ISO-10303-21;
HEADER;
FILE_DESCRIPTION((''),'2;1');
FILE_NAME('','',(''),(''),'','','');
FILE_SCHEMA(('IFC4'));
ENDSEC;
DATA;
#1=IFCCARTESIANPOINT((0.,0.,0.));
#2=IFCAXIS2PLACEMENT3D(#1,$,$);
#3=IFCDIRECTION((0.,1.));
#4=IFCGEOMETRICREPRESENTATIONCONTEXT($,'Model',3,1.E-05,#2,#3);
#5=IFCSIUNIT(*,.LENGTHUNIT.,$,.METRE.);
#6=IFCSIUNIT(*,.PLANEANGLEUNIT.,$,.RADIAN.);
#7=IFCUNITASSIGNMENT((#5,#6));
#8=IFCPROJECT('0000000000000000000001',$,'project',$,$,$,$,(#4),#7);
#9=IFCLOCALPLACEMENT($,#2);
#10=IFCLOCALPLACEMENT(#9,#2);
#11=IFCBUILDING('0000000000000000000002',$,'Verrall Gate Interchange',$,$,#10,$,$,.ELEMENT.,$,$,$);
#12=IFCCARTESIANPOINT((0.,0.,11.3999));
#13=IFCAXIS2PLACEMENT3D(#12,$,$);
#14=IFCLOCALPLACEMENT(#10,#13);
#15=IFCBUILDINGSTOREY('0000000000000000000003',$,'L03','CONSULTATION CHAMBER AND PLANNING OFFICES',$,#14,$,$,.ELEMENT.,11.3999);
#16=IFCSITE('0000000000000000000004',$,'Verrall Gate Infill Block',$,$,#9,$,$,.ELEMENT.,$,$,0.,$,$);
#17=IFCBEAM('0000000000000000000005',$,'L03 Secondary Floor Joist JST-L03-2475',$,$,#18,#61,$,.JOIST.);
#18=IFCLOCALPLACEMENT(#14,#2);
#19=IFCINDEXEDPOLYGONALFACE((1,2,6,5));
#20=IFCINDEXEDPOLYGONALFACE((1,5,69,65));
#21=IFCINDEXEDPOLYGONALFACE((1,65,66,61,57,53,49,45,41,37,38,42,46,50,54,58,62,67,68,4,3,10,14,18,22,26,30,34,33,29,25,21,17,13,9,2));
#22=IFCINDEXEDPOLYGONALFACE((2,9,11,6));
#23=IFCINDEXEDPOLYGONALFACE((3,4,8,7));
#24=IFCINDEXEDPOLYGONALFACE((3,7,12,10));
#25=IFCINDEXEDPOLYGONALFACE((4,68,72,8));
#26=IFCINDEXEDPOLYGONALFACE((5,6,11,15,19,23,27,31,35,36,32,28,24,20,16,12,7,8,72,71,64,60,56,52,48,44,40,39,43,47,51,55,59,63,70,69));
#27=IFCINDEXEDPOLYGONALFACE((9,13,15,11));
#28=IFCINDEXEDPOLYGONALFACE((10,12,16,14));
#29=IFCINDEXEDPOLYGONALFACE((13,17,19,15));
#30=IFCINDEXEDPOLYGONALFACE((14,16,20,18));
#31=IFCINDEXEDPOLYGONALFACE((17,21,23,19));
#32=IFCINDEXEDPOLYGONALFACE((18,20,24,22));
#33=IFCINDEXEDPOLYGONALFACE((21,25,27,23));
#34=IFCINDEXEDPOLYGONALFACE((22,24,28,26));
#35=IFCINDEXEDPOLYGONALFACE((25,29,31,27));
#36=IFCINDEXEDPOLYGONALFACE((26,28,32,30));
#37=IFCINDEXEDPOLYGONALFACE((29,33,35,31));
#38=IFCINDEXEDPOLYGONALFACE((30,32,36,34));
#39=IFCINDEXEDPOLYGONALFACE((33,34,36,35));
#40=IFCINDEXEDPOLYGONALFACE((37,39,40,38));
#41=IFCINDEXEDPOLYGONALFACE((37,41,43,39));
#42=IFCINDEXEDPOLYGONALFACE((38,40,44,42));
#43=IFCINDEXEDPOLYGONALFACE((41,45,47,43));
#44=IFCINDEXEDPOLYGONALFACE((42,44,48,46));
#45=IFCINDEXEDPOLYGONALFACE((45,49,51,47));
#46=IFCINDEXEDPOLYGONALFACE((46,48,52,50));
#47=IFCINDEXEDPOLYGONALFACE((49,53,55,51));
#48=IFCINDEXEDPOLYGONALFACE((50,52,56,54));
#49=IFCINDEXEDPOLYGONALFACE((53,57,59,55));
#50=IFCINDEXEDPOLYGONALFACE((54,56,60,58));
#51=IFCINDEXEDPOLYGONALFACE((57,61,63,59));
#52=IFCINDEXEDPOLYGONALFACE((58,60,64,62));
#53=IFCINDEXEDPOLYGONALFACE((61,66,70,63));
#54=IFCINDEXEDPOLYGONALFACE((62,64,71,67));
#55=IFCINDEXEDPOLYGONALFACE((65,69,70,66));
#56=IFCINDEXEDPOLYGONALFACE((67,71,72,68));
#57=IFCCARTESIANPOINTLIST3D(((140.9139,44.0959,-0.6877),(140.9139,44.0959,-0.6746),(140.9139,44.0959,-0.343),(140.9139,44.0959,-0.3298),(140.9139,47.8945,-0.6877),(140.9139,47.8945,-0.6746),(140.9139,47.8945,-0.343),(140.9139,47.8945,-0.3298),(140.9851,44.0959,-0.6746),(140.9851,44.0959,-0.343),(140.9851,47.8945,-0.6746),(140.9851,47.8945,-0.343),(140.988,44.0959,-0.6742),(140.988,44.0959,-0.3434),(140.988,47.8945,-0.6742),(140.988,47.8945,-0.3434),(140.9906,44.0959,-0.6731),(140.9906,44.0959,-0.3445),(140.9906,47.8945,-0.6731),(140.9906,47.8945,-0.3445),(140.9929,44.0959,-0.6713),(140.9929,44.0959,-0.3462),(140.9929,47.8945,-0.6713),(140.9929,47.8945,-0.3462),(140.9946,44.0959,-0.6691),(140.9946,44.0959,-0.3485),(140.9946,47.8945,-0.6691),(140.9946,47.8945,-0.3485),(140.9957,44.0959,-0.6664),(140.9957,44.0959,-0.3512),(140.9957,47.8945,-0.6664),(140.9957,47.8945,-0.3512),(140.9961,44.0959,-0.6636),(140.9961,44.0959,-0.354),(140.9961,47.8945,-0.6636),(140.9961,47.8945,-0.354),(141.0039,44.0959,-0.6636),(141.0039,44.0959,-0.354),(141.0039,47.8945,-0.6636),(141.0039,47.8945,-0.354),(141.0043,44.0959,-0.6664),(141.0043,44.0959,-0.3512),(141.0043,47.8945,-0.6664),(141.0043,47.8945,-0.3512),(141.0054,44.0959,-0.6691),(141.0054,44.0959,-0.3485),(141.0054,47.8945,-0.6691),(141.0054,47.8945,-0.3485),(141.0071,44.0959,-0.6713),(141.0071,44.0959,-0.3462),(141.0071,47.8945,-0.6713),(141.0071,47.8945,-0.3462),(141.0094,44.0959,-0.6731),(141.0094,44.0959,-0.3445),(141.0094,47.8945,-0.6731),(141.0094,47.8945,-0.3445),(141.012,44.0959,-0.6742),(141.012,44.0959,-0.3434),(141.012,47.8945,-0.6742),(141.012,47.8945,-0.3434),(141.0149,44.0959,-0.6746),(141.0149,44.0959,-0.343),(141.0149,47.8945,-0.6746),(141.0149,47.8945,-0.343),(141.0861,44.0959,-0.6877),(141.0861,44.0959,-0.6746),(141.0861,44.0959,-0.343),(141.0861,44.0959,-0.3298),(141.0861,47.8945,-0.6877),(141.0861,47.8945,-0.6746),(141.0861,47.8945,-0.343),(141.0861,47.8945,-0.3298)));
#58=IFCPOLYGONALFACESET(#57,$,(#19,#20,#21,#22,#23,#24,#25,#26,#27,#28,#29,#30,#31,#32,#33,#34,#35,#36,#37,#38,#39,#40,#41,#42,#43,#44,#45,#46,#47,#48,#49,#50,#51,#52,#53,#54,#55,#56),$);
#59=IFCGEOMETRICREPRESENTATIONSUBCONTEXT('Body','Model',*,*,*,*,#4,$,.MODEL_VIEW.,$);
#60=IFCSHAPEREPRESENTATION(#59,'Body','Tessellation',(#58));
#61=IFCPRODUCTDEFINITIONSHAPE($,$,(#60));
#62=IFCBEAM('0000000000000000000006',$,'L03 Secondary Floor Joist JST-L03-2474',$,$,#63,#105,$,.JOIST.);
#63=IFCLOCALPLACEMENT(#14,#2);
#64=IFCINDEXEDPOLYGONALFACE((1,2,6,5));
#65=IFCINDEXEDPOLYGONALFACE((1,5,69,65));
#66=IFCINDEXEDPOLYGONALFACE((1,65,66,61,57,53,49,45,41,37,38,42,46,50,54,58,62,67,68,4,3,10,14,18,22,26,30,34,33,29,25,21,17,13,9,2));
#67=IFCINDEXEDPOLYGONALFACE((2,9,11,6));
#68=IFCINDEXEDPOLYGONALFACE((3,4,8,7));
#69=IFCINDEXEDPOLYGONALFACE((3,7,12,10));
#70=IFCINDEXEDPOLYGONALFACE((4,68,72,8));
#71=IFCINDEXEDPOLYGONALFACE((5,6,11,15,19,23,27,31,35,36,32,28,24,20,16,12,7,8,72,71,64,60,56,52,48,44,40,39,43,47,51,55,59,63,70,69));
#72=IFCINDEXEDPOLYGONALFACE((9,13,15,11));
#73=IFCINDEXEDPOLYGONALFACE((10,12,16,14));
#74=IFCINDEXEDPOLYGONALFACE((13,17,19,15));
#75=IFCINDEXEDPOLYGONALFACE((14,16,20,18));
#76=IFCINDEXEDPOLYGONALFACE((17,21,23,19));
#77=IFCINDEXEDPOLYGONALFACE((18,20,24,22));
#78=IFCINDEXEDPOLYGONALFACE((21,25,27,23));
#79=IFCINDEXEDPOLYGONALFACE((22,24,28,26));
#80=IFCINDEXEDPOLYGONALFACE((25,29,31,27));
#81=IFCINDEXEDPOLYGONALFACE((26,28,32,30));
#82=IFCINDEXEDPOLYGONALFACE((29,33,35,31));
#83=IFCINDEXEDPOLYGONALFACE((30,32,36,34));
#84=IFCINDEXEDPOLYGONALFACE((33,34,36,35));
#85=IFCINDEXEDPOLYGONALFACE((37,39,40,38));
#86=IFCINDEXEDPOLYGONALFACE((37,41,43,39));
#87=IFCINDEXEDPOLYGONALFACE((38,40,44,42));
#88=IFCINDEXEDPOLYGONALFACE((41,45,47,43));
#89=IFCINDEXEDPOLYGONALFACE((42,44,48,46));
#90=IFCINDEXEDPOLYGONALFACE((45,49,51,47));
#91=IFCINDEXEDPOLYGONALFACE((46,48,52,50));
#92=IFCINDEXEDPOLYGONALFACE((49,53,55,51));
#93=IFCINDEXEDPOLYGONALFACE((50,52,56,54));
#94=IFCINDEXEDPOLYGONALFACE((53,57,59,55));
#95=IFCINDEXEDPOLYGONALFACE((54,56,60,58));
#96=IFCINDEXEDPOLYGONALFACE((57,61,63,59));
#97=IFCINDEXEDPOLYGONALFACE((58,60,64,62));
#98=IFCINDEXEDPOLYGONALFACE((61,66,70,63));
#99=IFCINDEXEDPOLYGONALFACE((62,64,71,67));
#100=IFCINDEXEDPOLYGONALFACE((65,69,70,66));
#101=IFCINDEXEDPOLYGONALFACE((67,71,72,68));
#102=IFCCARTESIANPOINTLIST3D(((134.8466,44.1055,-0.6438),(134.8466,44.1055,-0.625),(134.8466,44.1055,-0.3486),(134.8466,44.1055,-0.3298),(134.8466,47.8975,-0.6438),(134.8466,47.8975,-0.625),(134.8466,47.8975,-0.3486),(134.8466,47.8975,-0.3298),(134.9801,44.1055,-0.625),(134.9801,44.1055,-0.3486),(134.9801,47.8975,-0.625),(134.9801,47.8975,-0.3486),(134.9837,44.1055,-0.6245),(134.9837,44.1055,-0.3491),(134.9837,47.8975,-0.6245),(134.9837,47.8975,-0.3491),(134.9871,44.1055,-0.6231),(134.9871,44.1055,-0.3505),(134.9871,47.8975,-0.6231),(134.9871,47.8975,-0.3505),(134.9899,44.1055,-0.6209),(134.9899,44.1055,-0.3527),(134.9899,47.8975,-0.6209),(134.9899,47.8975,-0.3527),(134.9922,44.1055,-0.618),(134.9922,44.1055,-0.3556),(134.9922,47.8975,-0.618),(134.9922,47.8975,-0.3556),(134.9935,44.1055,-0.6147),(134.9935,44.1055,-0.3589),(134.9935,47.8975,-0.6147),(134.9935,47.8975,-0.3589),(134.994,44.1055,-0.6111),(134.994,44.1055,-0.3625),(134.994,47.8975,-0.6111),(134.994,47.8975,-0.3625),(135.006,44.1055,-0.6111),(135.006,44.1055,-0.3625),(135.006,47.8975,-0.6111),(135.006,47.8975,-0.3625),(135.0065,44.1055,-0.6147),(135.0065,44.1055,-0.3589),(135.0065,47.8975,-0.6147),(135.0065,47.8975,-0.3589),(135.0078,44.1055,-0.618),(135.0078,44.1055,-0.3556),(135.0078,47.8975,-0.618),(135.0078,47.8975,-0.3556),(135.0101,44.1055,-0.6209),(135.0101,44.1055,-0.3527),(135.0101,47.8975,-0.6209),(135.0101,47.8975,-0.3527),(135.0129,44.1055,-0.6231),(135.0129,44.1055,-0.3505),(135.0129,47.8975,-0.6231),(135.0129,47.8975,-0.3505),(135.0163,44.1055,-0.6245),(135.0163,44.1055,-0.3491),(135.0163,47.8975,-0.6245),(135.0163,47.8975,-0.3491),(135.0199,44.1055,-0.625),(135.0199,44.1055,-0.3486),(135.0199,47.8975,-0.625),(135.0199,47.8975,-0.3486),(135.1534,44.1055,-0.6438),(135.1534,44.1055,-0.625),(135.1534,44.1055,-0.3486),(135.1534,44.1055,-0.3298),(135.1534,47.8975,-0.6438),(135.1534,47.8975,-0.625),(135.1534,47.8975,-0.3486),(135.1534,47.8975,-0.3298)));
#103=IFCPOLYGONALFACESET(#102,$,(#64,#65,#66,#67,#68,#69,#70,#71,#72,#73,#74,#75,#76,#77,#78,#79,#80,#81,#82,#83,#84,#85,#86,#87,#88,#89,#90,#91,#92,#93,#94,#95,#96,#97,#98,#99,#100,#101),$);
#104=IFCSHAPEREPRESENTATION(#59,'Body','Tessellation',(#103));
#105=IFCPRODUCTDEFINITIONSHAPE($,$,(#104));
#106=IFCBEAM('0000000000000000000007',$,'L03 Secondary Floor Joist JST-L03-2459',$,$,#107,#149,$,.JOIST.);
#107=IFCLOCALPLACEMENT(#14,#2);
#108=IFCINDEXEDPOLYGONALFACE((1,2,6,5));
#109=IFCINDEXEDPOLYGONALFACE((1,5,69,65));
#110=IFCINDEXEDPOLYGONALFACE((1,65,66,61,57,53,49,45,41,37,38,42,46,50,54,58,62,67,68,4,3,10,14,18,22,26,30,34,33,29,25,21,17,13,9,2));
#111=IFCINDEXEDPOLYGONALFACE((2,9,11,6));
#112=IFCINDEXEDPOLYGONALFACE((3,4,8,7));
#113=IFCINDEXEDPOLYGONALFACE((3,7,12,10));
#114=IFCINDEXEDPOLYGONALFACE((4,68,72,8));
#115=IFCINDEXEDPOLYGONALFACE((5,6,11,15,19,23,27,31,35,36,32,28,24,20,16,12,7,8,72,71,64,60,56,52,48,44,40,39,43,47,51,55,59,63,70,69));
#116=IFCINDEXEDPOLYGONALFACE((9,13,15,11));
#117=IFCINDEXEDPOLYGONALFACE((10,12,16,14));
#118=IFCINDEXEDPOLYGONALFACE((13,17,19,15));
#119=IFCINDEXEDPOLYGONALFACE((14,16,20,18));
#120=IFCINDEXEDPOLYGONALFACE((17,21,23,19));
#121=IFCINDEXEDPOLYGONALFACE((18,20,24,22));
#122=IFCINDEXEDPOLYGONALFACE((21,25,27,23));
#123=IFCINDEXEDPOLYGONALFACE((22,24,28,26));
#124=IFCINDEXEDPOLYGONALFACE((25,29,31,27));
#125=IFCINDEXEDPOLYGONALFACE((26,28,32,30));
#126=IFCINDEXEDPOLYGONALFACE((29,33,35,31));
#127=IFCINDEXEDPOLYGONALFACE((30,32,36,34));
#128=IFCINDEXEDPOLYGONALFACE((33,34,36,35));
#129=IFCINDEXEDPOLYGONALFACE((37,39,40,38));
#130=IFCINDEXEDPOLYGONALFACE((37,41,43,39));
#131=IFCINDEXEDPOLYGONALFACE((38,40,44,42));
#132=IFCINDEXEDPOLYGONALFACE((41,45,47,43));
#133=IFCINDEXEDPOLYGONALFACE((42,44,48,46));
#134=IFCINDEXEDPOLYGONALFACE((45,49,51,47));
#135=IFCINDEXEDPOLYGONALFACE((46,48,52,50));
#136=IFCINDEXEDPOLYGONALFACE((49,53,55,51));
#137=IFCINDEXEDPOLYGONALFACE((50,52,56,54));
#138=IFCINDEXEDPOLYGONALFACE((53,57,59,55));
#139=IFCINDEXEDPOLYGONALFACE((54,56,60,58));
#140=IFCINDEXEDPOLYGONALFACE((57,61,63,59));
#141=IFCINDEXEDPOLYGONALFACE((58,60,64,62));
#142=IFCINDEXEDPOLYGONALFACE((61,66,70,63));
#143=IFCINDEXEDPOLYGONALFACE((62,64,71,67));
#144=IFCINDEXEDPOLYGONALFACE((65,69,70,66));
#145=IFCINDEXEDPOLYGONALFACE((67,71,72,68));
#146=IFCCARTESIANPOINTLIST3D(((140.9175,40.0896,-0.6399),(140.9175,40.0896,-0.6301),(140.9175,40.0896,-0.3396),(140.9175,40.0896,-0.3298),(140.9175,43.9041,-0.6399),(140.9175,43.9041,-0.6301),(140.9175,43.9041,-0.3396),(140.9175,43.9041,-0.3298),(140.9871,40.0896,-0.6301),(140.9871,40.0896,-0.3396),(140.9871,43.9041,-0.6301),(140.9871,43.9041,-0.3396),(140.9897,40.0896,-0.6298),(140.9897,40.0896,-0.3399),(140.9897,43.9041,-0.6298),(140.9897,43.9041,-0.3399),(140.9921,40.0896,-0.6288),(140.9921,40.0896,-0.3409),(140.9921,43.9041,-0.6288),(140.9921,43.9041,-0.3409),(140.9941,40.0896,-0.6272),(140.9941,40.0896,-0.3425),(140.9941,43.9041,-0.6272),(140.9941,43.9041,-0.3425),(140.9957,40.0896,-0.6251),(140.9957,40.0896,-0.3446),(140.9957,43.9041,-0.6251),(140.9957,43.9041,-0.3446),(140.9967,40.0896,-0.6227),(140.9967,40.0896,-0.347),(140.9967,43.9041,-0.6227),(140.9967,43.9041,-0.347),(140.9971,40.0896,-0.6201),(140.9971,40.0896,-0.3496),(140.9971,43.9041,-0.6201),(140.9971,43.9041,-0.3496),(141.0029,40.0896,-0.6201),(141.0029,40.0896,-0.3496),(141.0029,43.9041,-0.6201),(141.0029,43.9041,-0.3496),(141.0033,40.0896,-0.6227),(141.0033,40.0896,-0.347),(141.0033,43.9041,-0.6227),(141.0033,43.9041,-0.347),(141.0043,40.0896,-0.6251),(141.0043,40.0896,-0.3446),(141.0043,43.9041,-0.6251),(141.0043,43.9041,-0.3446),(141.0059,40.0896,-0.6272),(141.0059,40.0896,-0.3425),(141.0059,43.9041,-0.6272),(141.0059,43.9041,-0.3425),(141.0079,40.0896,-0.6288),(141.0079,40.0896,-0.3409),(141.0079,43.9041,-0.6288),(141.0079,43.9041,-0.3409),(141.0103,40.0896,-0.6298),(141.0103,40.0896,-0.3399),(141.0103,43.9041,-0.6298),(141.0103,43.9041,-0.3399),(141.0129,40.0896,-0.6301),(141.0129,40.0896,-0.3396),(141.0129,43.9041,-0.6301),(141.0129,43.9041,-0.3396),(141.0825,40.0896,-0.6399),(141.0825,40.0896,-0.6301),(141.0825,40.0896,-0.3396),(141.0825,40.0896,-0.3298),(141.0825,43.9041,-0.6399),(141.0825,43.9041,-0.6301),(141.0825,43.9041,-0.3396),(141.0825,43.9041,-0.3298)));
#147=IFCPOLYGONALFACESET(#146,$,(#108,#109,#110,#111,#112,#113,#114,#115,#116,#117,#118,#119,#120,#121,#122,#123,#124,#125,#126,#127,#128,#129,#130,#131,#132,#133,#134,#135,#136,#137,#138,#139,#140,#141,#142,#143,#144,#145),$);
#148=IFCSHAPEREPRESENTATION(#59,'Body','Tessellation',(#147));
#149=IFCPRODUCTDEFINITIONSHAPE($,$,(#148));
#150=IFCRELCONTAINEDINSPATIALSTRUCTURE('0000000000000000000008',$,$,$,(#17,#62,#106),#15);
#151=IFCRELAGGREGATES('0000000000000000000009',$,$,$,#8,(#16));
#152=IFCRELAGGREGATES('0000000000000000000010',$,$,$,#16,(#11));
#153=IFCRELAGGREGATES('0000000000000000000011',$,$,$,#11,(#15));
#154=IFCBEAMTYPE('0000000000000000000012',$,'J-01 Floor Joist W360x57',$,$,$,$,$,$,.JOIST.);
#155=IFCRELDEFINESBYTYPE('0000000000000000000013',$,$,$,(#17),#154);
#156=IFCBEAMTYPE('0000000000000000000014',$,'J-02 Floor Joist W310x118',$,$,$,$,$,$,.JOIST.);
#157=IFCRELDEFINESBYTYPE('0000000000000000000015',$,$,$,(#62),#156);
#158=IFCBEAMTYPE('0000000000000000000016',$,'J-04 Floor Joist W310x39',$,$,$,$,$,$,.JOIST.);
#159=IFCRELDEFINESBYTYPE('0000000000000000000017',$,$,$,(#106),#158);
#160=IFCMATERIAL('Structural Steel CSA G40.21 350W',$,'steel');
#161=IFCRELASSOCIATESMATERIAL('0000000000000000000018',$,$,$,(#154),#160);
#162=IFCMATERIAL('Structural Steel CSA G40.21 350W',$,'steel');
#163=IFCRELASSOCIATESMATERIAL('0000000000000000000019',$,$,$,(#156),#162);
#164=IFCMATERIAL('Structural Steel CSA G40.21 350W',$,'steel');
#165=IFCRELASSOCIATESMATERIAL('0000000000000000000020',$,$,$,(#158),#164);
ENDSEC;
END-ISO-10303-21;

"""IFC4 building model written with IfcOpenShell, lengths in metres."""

from ifc_helpers import new_model, si_unit, direction, frame, origin, origin_2d, place, context, subcontext, project, spatial, i_section, extrude, material, material_profile, profile_set, type_object, element, save


model = new_model("IFC4")

# Units and contexts
model_context = context("Model", 3, precision=1e-05, world=origin(), true_north=direction((0.0, 1.0)))
body_context = subcontext(model_context, "Body", "Model", "MODEL_VIEW")
ifc_project = project(units=[si_unit("LENGTHUNIT", "METRE"), si_unit("PLANEANGLEUNIT", "RADIAN")], contexts=[model_context])

# Site, building, storey
site_placement = place(None, origin())
site = spatial("IfcSite", under=ifc_project, at=site_placement, Name="Verrall Gate Infill Block", CompositionType="ELEMENT", RefElevation=0.0)
building_placement = place(site_placement, origin())
building = spatial("IfcBuilding", under=site, at=building_placement, Name="Verrall Gate Interchange", CompositionType="ELEMENT")
storey_placement = place(building_placement, frame((0.0, 0.0, 11.3999)))
storey = spatial("IfcBuildingStorey", under=building, at=storey_placement, Name="L03", Description="CONSULTATION CHAMBER AND PLANNING OFFICES", CompositionType="ELEMENT", Elevation=11.3999)

# Beams
ifc_material_1 = material(Name="Structural Steel CSA G40.21 350W", Category="steel")
ifc_material_profile_1 = material_profile(ifc_material_1, i_section(OverallWidth=0.1721, OverallDepth=0.3579, WebThickness=0.0078, FlangeThickness=0.0132, FilletRadius=0.011, at=origin_2d()), Name="W360x57")
ifc_profile_set_1 = profile_set([ifc_material_profile_1], Name="Structural Steel CSA G40.21 350W")
beam_type_1 = type_object("IfcBeamType", Name="J-01 Floor Joist W360x57", PredefinedType="JOIST", material=ifc_profile_set_1)
beam_1_placement = place(storey_placement, frame((141.0, 44.0959, -0.5088), z_axis=(0.0, 1.0, 0.0), x_axis=(-1.0, 0.0, 0.0)))
element("IfcBeam", 1, at=beam_1_placement, inside=storey, type_object=beam_type_1, Name="L03 Secondary Floor Joist JST-L03-2475", PredefinedType="JOIST", context=body_context, shape_type="SweptSolid", body=[
    extrude(i_section(OverallWidth=0.1721, OverallDepth=0.3579, WebThickness=0.0078, FlangeThickness=0.0132, FilletRadius=0.011, at=origin_2d()), origin(), (0.0, 0.0, 1.0), 3.7986),
])
ifc_material_2 = material(Name="Structural Steel CSA G40.21 350W", Category="steel")
ifc_material_profile_2 = material_profile(ifc_material_2, i_section(OverallWidth=0.3069, OverallDepth=0.314, WebThickness=0.012, FlangeThickness=0.0188, FilletRadius=0.0139, at=origin_2d()), Name="W310x118")
ifc_profile_set_2 = profile_set([ifc_material_profile_2], Name="Structural Steel CSA G40.21 350W")
beam_type_2 = type_object("IfcBeamType", Name="J-02 Floor Joist W310x118", PredefinedType="JOIST", material=ifc_profile_set_2)
beam_2_placement = place(storey_placement, frame((135.0, 44.1055, -0.4868), z_axis=(0.0, 1.0, 0.0), x_axis=(-1.0, 0.0, 0.0)))
element("IfcBeam", 2, at=beam_2_placement, inside=storey, type_object=beam_type_2, Name="L03 Secondary Floor Joist JST-L03-2474", PredefinedType="JOIST", context=body_context, shape_type="SweptSolid", body=[
    extrude(i_section(OverallWidth=0.3069, OverallDepth=0.314, WebThickness=0.012, FlangeThickness=0.0188, FilletRadius=0.0139, at=origin_2d()), origin(), (0.0, 0.0, 1.0), 3.792),
])
ifc_material_3 = material(Name="Structural Steel CSA G40.21 350W", Category="steel")
ifc_material_profile_3 = material_profile(ifc_material_3, i_section(OverallWidth=0.165, OverallDepth=0.3101, WebThickness=0.0059, FlangeThickness=0.0098, FilletRadius=0.01, at=origin_2d()), Name="W310x39")
ifc_profile_set_3 = profile_set([ifc_material_profile_3], Name="Structural Steel CSA G40.21 350W")
beam_type_3 = type_object("IfcBeamType", Name="J-04 Floor Joist W310x39", PredefinedType="JOIST", material=ifc_profile_set_3)
beam_3_placement = place(storey_placement, frame((141.0, 40.0896, -0.4849), z_axis=(0.0, 1.0, 0.0), x_axis=(-1.0, 0.0, 0.0)))
element("IfcBeam", 3, at=beam_3_placement, inside=storey, type_object=beam_type_3, Name="L03 Secondary Floor Joist JST-L03-2459", PredefinedType="JOIST", context=body_context, shape_type="SweptSolid", body=[
    extrude(i_section(OverallWidth=0.165, OverallDepth=0.3101, WebThickness=0.0059, FlangeThickness=0.0098, FilletRadius=0.01, at=origin_2d()), origin(), (0.0, 0.0, 1.0), 3.8145),
])

save(model, "model.ifc")
